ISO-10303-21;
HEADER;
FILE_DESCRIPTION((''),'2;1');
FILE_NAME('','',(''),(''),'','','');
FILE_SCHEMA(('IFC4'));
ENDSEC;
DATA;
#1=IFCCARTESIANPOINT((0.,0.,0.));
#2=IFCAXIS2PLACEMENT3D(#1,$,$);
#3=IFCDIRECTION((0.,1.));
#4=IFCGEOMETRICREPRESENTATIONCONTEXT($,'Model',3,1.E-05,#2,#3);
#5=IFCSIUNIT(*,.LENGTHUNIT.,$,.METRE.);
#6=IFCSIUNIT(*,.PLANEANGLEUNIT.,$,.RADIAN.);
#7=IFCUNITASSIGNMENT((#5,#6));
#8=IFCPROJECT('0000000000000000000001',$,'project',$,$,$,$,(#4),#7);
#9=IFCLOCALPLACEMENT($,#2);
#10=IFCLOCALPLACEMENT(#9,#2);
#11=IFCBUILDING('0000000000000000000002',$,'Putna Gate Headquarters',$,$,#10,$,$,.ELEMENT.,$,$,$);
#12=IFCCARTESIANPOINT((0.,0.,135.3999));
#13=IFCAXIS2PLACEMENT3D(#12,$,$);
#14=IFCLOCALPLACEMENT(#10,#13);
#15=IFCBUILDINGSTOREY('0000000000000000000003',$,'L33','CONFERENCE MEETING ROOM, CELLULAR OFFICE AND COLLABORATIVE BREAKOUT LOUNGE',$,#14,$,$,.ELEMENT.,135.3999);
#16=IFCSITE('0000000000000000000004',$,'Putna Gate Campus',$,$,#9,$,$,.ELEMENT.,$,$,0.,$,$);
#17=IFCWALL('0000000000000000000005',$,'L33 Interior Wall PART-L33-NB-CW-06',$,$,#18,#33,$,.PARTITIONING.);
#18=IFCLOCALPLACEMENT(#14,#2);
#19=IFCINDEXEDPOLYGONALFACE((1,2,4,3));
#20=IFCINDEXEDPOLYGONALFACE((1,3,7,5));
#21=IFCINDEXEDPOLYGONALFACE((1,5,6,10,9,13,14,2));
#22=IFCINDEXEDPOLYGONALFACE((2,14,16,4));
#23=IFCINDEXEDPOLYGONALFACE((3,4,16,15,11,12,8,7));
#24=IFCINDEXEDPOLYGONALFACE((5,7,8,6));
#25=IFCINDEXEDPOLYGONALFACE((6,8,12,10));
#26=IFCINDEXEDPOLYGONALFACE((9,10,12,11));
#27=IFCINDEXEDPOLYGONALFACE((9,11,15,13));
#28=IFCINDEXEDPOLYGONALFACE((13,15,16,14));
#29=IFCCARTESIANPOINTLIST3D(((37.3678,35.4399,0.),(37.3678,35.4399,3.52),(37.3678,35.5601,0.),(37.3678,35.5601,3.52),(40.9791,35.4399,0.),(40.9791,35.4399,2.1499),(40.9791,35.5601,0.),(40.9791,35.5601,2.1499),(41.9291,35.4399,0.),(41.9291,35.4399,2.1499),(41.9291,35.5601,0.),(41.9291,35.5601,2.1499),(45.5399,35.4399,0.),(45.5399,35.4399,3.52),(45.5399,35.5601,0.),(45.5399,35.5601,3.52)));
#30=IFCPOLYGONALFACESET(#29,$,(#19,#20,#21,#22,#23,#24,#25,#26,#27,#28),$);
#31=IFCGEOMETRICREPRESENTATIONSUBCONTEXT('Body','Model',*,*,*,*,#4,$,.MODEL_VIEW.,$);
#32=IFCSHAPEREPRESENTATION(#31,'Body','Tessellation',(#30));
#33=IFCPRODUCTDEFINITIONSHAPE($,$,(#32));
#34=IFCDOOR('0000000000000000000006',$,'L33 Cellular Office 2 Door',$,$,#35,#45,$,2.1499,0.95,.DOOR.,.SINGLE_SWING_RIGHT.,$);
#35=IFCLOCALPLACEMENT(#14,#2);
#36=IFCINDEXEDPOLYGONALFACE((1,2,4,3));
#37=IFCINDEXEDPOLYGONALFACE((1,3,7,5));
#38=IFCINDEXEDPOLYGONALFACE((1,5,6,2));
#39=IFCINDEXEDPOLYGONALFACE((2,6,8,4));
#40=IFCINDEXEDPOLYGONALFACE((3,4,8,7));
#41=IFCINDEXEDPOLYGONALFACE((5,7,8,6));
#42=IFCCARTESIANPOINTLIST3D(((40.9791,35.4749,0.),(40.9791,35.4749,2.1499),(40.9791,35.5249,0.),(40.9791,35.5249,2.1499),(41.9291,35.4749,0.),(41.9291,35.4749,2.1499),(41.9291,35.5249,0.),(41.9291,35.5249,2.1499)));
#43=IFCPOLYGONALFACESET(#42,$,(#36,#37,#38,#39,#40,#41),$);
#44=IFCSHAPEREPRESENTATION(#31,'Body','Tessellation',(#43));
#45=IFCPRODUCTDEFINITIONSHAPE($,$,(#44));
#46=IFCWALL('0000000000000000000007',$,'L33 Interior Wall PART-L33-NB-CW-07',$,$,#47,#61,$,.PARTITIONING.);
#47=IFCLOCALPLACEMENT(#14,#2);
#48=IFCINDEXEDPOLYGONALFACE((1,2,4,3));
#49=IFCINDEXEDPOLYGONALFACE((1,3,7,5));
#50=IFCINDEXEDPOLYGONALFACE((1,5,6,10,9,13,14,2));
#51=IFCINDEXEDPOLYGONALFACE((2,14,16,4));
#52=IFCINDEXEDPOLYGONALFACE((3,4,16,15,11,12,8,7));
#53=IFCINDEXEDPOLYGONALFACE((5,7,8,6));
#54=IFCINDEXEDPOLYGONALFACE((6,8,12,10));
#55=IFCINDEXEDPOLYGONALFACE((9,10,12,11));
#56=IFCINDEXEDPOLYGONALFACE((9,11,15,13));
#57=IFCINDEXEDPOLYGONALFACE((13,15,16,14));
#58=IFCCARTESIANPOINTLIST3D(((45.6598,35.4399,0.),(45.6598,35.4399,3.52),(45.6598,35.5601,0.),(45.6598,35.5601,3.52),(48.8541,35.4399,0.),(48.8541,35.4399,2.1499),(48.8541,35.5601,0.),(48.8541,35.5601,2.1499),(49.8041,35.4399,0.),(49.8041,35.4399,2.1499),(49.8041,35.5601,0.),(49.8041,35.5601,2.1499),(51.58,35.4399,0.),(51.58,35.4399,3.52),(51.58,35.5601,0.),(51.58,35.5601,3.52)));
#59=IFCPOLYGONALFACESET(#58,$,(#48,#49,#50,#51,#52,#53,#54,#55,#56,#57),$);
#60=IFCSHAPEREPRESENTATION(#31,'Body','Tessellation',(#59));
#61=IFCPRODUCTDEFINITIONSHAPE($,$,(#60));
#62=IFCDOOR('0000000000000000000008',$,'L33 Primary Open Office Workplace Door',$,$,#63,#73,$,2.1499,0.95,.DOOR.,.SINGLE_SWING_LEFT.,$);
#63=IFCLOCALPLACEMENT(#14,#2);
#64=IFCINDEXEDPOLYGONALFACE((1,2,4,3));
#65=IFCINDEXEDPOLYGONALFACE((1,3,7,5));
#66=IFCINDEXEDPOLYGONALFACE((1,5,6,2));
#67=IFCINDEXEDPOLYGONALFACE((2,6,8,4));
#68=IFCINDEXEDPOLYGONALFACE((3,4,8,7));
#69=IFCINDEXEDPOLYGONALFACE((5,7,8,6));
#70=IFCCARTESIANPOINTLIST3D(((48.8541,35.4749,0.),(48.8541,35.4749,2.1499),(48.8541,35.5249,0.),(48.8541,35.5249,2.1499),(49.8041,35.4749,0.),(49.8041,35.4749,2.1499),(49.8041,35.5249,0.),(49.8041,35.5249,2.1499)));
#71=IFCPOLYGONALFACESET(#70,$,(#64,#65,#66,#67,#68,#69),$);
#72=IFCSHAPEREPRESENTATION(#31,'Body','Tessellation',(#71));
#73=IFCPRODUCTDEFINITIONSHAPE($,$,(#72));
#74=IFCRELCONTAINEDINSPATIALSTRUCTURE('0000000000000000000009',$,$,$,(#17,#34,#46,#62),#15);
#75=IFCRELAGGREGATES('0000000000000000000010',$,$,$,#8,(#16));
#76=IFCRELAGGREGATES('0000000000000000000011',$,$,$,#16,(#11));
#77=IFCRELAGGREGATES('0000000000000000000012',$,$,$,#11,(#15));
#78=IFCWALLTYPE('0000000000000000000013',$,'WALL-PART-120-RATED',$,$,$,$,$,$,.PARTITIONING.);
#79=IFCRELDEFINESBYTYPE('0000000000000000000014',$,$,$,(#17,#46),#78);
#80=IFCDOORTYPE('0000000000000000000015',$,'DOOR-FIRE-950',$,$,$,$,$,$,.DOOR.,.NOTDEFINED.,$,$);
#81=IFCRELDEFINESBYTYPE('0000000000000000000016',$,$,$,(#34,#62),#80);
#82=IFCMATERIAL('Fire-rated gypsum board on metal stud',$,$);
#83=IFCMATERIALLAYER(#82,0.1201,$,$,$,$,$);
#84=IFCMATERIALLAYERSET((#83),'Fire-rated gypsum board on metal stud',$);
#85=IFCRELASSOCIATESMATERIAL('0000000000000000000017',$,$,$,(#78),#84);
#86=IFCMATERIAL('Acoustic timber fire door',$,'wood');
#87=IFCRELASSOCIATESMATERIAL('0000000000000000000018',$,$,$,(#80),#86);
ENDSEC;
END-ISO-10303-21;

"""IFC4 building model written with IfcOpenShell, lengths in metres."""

from ifc_helpers import new_model, si_unit, direction, frame, frame_2d, origin, place, context, subcontext, project, spatial, rectangle, extrude, material, layer, layer_set, type_object, element, fill, save


model = new_model("IFC4")

# Units and contexts
model_context = context("Model", 3, precision=1e-05, world=origin(), true_north=direction((0.0, 1.0)))
body_context = subcontext(model_context, "Body", "Model", "MODEL_VIEW")
ifc_project = project(units=[si_unit("LENGTHUNIT", "METRE"), si_unit("PLANEANGLEUNIT", "RADIAN")], contexts=[model_context])

# Site, building, storey
site_placement = place(None, origin())
site = spatial("IfcSite", under=ifc_project, at=site_placement, Name="Putna Gate Campus", CompositionType="ELEMENT", RefElevation=0.0)
building_placement = place(site_placement, origin())
building = spatial("IfcBuilding", under=site, at=building_placement, Name="Putna Gate Headquarters", CompositionType="ELEMENT")
storey_placement = place(building_placement, frame((0.0, 0.0, 135.3999)))
storey = spatial("IfcBuildingStorey", under=building, at=storey_placement, Name="L33", Description="CONFERENCE MEETING ROOM, CELLULAR OFFICE AND COLLABORATIVE BREAKOUT LOUNGE", CompositionType="ELEMENT", Elevation=135.3999)

# Walls, openings, doors
ifc_material_1 = material(Name="Fire-rated gypsum board on metal stud")
ifc_layer_1 = layer(ifc_material_1, 0.1201)
ifc_layer_set_1 = layer_set([ifc_layer_1], Name="Fire-rated gypsum board on metal stud")
wall_type_1 = type_object("IfcWallType", Name="WALL-PART-120-RATED", PredefinedType="PARTITIONING", material=ifc_layer_set_1)
wall_1_placement = place(storey_placement, frame((37.3679, 35.5, 0.0), z_axis=(0.0, 0.0, 1.0), x_axis=(1.0, 0.0, 0.0)))
wall_1 = element("IfcWall", 1, at=wall_1_placement, inside=storey, type_object=wall_type_1, Name="L33 Interior Wall PART-L33-NB-CW-06", PredefinedType="PARTITIONING", context=body_context, shape_type="SweptSolid", body=[
    extrude(rectangle(XDim=8.1721, YDim=0.1201, at=frame_2d((4.0859, 0.0))), origin(), (0.0, 0.0, 1.0), 3.52),
])
opening_1_placement = place(wall_1_placement, frame((3.6111, 0.0, 0.0)))
opening_1 = element("IfcOpeningElement", 2, at=opening_1_placement, cuts=wall_1, PredefinedType="OPENING", context=body_context, shape_type="SweptSolid", body=[
    extrude(rectangle(XDim=0.95, YDim=2.1499, at=frame_2d((0.4751, 1.075))), frame((0.0, 0.0701, 0.0), z_axis=(0.0, -1.0, 0.0), x_axis=(1.0, 0.0, 0.0)), (0.0, 0.0, 1.0), 0.1401),
])
ifc_material_2 = material(Name="Acoustic timber fire door", Category="wood")
door_type = type_object("IfcDoorType", Name="DOOR-FIRE-950", OperationType="NOTDEFINED", PredefinedType="DOOR", material=ifc_material_2)
door_1_placement = place(opening_1_placement, origin())
door_1 = element("IfcDoor", 3, at=door_1_placement, inside=storey, type_object=door_type, Name="L33 Cellular Office 2 Door", OperationType="SINGLE_SWING_RIGHT", OverallHeight=2.1499, OverallWidth=0.95, PredefinedType="DOOR", context=body_context, shape_type="SweptSolid", body=[
    extrude(rectangle(XDim=0.95, YDim=2.1499, at=frame_2d((0.4751, 1.075))), frame((0.0, 0.0249, 0.0), z_axis=(0.0, -1.0, 0.0), x_axis=(1.0, 0.0, 0.0)), (0.0, 0.0, 1.0), 0.05),
])
fill(opening_1, door_1)
wall_2_placement = place(storey_placement, frame((45.6599, 35.5, 0.0), z_axis=(0.0, 0.0, 1.0), x_axis=(1.0, 0.0, 0.0)))
wall_2 = element("IfcWall", 4, at=wall_2_placement, inside=storey, type_object=wall_type_1, Name="L33 Interior Wall PART-L33-NB-CW-07", PredefinedType="PARTITIONING", context=body_context, shape_type="SweptSolid", body=[
    extrude(rectangle(XDim=5.9202, YDim=0.1201, at=frame_2d((2.96, 0.0))), origin(), (0.0, 0.0, 1.0), 3.52),
])
opening_2_placement = place(wall_2_placement, frame((3.1941, 0.0, 0.0)))
opening_2 = element("IfcOpeningElement", 5, at=opening_2_placement, cuts=wall_2, PredefinedType="OPENING", context=body_context, shape_type="SweptSolid", body=[
    extrude(rectangle(XDim=0.95, YDim=2.1499, at=frame_2d((0.4751, 1.075))), frame((0.0, 0.0701, 0.0), z_axis=(0.0, -1.0, 0.0), x_axis=(1.0, 0.0, 0.0)), (0.0, 0.0, 1.0), 0.1401),
])
door_2_placement = place(opening_2_placement, origin())
door_2 = element("IfcDoor", 6, at=door_2_placement, inside=storey, type_object=door_type, Name="L33 Primary Open Office Workplace Door", OperationType="SINGLE_SWING_LEFT", OverallHeight=2.1499, OverallWidth=0.95, PredefinedType="DOOR", context=body_context, shape_type="SweptSolid", body=[
    extrude(rectangle(XDim=0.95, YDim=2.1499, at=frame_2d((0.4751, 1.075))), frame((0.0, 0.0249, 0.0), z_axis=(0.0, -1.0, 0.0), x_axis=(1.0, 0.0, 0.0)), (0.0, 0.0, 1.0), 0.05),
])
fill(opening_2, door_2)

save(model, "model.ifc")
